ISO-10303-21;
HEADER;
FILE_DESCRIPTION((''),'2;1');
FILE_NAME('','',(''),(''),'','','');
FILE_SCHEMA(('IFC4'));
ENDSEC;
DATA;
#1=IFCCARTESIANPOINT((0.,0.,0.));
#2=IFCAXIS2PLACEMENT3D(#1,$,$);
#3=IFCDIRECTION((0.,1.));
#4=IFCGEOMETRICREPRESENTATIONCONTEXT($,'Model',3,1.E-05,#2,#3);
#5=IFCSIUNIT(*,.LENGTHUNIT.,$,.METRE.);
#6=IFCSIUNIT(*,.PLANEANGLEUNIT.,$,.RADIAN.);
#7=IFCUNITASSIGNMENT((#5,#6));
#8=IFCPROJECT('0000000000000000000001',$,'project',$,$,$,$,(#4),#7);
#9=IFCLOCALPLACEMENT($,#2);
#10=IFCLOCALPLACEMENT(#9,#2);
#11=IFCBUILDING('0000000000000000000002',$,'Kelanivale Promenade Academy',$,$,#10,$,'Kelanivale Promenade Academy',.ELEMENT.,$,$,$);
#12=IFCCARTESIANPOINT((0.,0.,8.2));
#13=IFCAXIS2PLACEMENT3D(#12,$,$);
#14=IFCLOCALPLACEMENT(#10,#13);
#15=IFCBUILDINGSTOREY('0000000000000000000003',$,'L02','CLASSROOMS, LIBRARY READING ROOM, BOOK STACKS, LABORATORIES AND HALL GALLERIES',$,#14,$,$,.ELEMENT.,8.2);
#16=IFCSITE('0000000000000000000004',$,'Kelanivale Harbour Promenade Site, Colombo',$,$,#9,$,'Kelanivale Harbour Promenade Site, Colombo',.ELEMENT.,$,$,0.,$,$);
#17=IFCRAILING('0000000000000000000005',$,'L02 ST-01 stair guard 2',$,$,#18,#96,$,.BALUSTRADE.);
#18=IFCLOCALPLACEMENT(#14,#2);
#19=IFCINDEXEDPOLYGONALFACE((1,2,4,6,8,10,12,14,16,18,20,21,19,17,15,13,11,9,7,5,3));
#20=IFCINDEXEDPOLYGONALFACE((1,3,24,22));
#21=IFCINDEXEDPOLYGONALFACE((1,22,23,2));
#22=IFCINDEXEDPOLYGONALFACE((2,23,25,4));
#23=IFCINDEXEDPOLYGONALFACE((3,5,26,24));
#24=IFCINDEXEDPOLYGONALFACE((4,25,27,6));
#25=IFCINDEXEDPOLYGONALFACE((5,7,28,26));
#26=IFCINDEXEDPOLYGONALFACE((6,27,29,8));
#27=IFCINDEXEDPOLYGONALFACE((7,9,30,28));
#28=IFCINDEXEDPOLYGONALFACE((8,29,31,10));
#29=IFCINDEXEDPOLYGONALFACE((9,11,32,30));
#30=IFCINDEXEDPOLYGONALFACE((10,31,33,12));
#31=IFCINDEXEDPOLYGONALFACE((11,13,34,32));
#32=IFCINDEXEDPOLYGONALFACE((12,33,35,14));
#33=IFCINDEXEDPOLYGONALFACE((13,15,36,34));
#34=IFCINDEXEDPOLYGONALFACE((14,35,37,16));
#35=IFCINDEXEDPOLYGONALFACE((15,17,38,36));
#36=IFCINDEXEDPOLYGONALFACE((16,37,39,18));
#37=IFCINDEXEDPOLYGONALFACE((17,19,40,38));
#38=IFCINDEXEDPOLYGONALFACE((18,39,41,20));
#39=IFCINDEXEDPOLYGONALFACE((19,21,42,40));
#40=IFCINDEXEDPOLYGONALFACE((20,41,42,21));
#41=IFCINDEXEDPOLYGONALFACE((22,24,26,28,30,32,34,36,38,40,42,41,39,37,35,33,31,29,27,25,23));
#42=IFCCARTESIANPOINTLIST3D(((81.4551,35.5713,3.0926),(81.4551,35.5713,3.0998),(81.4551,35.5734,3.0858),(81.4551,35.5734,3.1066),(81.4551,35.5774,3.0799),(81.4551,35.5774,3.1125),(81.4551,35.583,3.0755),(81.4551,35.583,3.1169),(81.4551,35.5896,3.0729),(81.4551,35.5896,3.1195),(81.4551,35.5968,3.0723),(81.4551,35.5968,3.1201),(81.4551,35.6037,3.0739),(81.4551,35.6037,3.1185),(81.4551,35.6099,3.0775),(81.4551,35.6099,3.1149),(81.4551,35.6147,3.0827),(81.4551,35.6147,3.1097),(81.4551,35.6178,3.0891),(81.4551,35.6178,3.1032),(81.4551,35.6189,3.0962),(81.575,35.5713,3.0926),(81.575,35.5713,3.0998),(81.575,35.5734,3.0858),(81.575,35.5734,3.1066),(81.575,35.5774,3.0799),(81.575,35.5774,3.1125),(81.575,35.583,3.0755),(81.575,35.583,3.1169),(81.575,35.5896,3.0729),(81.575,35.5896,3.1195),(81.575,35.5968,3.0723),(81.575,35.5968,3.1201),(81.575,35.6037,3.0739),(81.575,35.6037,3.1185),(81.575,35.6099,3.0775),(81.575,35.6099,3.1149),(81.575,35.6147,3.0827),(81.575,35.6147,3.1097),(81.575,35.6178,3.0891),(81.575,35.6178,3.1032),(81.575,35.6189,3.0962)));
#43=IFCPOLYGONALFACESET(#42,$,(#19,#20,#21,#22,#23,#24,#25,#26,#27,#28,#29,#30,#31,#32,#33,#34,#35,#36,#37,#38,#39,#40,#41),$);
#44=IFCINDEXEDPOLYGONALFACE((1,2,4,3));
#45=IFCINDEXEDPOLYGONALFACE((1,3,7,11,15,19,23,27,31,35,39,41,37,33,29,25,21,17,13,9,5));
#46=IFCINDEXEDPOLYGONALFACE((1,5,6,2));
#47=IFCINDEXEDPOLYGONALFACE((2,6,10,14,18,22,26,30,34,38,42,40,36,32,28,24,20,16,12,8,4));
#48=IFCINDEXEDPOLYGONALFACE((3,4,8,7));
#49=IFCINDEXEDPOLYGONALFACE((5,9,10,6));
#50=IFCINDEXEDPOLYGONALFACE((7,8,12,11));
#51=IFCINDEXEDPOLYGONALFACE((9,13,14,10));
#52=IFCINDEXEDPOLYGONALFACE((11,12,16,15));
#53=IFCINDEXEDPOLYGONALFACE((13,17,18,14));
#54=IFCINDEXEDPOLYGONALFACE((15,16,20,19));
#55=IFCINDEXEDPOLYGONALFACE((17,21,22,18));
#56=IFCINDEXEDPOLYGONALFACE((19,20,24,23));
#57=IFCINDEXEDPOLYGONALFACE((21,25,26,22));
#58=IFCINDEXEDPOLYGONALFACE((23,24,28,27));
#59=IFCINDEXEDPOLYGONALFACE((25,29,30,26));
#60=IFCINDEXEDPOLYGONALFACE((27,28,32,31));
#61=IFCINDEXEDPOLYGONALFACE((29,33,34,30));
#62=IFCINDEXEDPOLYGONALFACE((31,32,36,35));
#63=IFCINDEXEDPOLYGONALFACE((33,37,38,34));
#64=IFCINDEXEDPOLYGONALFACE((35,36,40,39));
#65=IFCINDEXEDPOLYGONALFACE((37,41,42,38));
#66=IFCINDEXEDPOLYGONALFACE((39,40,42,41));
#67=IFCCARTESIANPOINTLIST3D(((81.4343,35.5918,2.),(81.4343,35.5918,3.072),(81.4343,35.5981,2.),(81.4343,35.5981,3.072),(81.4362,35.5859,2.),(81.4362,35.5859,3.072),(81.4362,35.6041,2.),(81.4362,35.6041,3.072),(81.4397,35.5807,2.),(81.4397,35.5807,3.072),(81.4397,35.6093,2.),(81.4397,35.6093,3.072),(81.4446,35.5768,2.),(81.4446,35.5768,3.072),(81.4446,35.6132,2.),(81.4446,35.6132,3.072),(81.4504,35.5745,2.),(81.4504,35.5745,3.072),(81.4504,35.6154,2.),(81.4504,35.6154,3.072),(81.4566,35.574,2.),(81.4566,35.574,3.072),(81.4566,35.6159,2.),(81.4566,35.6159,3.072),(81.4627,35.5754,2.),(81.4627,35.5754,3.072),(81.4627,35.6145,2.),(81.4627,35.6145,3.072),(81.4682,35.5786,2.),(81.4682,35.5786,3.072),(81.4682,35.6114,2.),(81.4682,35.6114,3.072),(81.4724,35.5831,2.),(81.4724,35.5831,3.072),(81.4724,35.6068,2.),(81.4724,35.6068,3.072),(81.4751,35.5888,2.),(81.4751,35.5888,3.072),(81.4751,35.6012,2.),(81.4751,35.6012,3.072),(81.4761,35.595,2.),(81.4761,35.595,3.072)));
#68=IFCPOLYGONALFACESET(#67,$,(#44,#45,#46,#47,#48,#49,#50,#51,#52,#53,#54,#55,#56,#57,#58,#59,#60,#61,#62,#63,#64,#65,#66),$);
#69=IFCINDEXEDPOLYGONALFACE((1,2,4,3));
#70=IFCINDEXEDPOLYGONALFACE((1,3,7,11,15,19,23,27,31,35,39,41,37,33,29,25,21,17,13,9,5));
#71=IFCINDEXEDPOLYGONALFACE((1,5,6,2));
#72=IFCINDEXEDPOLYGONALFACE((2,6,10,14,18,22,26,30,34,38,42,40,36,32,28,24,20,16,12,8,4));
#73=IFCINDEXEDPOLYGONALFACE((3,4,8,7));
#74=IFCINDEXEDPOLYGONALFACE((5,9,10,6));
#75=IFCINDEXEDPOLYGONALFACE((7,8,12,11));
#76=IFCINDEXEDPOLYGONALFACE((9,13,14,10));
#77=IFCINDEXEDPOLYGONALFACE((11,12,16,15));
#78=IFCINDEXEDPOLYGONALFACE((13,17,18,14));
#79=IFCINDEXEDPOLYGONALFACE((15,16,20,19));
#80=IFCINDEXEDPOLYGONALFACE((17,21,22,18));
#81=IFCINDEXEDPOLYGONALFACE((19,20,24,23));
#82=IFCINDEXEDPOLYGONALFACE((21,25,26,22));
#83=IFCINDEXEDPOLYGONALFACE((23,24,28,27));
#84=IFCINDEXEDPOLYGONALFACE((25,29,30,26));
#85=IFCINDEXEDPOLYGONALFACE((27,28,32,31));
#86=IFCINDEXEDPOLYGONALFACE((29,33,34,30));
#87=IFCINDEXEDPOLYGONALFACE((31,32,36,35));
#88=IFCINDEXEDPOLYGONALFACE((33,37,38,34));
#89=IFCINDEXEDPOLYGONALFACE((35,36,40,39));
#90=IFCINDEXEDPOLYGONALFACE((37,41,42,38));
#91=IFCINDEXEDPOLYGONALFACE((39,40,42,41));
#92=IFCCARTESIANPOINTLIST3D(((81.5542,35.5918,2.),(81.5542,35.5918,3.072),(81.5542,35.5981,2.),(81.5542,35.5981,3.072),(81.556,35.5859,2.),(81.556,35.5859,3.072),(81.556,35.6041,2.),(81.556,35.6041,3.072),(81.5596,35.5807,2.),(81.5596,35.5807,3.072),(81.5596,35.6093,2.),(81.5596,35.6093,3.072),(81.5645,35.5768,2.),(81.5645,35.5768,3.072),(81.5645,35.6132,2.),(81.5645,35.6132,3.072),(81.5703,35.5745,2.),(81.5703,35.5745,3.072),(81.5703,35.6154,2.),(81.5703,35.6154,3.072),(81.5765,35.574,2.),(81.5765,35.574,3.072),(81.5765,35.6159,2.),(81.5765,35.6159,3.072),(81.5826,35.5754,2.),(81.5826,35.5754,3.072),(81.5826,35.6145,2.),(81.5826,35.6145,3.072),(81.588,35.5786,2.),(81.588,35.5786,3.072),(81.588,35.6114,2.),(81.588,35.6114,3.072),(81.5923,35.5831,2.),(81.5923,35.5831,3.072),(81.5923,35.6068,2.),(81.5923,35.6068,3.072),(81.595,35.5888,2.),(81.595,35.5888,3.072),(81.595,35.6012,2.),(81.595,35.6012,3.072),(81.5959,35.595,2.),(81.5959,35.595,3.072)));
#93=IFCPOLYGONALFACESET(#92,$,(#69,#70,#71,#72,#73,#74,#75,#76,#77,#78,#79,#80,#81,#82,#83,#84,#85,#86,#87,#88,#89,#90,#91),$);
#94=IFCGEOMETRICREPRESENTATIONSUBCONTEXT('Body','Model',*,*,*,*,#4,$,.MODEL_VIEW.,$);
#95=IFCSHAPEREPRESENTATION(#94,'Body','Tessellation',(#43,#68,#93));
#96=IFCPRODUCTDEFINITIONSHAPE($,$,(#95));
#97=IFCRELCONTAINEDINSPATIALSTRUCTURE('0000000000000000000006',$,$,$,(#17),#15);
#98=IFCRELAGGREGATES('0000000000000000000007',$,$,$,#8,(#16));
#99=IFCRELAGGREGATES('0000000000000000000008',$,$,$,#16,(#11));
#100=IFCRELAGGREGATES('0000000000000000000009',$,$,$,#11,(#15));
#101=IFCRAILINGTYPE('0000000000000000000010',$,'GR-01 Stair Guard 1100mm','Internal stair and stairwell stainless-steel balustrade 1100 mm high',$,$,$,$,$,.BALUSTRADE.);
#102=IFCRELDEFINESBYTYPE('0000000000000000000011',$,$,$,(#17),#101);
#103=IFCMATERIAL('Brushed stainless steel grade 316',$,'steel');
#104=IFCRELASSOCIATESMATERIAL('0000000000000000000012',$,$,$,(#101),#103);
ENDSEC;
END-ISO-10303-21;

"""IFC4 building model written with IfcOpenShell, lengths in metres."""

from ifc_helpers import new_model, si_unit, direction, frame, origin, origin_2d, place, context, subcontext, project, spatial, circle, extrude, material, type_object, element, save


model = new_model("IFC4")

# Units and contexts
model_context = context("Model", 3, precision=1e-05, world=origin(), true_north=direction((0.0, 1.0)))
body_context = subcontext(model_context, "Body", "Model", "MODEL_VIEW")
ifc_project = project(units=[si_unit("LENGTHUNIT", "METRE"), si_unit("PLANEANGLEUNIT", "RADIAN")], contexts=[model_context])

# Site, building, storey
site_placement = place(None, origin())
site = spatial("IfcSite", under=ifc_project, at=site_placement, Name="Kelanivale Harbour Promenade Site, Colombo", LongName="Kelanivale Harbour Promenade Site, Colombo", CompositionType="ELEMENT", RefElevation=0.0)
building_placement = place(site_placement, origin())
building = spatial("IfcBuilding", under=site, at=building_placement, Name="Kelanivale Promenade Academy", LongName="Kelanivale Promenade Academy", CompositionType="ELEMENT")
storey_placement = place(building_placement, frame((0.0, 0.0, 8.2)))
storey = spatial("IfcBuildingStorey", under=building, at=storey_placement, Name="L02", Description="CLASSROOMS, LIBRARY READING ROOM, BOOK STACKS, LABORATORIES AND HALL GALLERIES", CompositionType="ELEMENT", Elevation=8.2)

# Railing
ifc_material_1 = material(Name="Brushed stainless steel grade 316", Category="steel")
railing_type_1 = type_object("IfcRailingType", Name="GR-01 Stair Guard 1100mm", Description="Internal stair and stairwell stainless-steel balustrade 1100 mm high", PredefinedType="BALUSTRADE", material=ifc_material_1)
railing_1_placement = place(storey_placement, frame((81.4551, 35.595, 2.0)))
element("IfcRailing", 1, at=railing_1_placement, inside=storey, type_object=railing_type_1, Name="L02 ST-01 stair guard 2", PredefinedType="BALUSTRADE", context=body_context, shape_type="SweptSolid", body=[
    extrude(circle(Radius=0.0239, at=origin_2d()), frame((0.0, 0.0, 1.0962), z_axis=(1.0, 0.0, 0.0), x_axis=(0.0, 1.0, 0.0)), (0.0, 0.0, 1.0), 0.1199),
    extrude(circle(Radius=0.021, at=origin_2d()), origin(), (0.0, 0.0, 1.0), 1.072),
    extrude(circle(Radius=0.021, at=origin_2d()), frame((0.1199, 0.0, 0.0)), (0.0, 0.0, 1.0), 1.072),
])

save(model, "model.ifc")
